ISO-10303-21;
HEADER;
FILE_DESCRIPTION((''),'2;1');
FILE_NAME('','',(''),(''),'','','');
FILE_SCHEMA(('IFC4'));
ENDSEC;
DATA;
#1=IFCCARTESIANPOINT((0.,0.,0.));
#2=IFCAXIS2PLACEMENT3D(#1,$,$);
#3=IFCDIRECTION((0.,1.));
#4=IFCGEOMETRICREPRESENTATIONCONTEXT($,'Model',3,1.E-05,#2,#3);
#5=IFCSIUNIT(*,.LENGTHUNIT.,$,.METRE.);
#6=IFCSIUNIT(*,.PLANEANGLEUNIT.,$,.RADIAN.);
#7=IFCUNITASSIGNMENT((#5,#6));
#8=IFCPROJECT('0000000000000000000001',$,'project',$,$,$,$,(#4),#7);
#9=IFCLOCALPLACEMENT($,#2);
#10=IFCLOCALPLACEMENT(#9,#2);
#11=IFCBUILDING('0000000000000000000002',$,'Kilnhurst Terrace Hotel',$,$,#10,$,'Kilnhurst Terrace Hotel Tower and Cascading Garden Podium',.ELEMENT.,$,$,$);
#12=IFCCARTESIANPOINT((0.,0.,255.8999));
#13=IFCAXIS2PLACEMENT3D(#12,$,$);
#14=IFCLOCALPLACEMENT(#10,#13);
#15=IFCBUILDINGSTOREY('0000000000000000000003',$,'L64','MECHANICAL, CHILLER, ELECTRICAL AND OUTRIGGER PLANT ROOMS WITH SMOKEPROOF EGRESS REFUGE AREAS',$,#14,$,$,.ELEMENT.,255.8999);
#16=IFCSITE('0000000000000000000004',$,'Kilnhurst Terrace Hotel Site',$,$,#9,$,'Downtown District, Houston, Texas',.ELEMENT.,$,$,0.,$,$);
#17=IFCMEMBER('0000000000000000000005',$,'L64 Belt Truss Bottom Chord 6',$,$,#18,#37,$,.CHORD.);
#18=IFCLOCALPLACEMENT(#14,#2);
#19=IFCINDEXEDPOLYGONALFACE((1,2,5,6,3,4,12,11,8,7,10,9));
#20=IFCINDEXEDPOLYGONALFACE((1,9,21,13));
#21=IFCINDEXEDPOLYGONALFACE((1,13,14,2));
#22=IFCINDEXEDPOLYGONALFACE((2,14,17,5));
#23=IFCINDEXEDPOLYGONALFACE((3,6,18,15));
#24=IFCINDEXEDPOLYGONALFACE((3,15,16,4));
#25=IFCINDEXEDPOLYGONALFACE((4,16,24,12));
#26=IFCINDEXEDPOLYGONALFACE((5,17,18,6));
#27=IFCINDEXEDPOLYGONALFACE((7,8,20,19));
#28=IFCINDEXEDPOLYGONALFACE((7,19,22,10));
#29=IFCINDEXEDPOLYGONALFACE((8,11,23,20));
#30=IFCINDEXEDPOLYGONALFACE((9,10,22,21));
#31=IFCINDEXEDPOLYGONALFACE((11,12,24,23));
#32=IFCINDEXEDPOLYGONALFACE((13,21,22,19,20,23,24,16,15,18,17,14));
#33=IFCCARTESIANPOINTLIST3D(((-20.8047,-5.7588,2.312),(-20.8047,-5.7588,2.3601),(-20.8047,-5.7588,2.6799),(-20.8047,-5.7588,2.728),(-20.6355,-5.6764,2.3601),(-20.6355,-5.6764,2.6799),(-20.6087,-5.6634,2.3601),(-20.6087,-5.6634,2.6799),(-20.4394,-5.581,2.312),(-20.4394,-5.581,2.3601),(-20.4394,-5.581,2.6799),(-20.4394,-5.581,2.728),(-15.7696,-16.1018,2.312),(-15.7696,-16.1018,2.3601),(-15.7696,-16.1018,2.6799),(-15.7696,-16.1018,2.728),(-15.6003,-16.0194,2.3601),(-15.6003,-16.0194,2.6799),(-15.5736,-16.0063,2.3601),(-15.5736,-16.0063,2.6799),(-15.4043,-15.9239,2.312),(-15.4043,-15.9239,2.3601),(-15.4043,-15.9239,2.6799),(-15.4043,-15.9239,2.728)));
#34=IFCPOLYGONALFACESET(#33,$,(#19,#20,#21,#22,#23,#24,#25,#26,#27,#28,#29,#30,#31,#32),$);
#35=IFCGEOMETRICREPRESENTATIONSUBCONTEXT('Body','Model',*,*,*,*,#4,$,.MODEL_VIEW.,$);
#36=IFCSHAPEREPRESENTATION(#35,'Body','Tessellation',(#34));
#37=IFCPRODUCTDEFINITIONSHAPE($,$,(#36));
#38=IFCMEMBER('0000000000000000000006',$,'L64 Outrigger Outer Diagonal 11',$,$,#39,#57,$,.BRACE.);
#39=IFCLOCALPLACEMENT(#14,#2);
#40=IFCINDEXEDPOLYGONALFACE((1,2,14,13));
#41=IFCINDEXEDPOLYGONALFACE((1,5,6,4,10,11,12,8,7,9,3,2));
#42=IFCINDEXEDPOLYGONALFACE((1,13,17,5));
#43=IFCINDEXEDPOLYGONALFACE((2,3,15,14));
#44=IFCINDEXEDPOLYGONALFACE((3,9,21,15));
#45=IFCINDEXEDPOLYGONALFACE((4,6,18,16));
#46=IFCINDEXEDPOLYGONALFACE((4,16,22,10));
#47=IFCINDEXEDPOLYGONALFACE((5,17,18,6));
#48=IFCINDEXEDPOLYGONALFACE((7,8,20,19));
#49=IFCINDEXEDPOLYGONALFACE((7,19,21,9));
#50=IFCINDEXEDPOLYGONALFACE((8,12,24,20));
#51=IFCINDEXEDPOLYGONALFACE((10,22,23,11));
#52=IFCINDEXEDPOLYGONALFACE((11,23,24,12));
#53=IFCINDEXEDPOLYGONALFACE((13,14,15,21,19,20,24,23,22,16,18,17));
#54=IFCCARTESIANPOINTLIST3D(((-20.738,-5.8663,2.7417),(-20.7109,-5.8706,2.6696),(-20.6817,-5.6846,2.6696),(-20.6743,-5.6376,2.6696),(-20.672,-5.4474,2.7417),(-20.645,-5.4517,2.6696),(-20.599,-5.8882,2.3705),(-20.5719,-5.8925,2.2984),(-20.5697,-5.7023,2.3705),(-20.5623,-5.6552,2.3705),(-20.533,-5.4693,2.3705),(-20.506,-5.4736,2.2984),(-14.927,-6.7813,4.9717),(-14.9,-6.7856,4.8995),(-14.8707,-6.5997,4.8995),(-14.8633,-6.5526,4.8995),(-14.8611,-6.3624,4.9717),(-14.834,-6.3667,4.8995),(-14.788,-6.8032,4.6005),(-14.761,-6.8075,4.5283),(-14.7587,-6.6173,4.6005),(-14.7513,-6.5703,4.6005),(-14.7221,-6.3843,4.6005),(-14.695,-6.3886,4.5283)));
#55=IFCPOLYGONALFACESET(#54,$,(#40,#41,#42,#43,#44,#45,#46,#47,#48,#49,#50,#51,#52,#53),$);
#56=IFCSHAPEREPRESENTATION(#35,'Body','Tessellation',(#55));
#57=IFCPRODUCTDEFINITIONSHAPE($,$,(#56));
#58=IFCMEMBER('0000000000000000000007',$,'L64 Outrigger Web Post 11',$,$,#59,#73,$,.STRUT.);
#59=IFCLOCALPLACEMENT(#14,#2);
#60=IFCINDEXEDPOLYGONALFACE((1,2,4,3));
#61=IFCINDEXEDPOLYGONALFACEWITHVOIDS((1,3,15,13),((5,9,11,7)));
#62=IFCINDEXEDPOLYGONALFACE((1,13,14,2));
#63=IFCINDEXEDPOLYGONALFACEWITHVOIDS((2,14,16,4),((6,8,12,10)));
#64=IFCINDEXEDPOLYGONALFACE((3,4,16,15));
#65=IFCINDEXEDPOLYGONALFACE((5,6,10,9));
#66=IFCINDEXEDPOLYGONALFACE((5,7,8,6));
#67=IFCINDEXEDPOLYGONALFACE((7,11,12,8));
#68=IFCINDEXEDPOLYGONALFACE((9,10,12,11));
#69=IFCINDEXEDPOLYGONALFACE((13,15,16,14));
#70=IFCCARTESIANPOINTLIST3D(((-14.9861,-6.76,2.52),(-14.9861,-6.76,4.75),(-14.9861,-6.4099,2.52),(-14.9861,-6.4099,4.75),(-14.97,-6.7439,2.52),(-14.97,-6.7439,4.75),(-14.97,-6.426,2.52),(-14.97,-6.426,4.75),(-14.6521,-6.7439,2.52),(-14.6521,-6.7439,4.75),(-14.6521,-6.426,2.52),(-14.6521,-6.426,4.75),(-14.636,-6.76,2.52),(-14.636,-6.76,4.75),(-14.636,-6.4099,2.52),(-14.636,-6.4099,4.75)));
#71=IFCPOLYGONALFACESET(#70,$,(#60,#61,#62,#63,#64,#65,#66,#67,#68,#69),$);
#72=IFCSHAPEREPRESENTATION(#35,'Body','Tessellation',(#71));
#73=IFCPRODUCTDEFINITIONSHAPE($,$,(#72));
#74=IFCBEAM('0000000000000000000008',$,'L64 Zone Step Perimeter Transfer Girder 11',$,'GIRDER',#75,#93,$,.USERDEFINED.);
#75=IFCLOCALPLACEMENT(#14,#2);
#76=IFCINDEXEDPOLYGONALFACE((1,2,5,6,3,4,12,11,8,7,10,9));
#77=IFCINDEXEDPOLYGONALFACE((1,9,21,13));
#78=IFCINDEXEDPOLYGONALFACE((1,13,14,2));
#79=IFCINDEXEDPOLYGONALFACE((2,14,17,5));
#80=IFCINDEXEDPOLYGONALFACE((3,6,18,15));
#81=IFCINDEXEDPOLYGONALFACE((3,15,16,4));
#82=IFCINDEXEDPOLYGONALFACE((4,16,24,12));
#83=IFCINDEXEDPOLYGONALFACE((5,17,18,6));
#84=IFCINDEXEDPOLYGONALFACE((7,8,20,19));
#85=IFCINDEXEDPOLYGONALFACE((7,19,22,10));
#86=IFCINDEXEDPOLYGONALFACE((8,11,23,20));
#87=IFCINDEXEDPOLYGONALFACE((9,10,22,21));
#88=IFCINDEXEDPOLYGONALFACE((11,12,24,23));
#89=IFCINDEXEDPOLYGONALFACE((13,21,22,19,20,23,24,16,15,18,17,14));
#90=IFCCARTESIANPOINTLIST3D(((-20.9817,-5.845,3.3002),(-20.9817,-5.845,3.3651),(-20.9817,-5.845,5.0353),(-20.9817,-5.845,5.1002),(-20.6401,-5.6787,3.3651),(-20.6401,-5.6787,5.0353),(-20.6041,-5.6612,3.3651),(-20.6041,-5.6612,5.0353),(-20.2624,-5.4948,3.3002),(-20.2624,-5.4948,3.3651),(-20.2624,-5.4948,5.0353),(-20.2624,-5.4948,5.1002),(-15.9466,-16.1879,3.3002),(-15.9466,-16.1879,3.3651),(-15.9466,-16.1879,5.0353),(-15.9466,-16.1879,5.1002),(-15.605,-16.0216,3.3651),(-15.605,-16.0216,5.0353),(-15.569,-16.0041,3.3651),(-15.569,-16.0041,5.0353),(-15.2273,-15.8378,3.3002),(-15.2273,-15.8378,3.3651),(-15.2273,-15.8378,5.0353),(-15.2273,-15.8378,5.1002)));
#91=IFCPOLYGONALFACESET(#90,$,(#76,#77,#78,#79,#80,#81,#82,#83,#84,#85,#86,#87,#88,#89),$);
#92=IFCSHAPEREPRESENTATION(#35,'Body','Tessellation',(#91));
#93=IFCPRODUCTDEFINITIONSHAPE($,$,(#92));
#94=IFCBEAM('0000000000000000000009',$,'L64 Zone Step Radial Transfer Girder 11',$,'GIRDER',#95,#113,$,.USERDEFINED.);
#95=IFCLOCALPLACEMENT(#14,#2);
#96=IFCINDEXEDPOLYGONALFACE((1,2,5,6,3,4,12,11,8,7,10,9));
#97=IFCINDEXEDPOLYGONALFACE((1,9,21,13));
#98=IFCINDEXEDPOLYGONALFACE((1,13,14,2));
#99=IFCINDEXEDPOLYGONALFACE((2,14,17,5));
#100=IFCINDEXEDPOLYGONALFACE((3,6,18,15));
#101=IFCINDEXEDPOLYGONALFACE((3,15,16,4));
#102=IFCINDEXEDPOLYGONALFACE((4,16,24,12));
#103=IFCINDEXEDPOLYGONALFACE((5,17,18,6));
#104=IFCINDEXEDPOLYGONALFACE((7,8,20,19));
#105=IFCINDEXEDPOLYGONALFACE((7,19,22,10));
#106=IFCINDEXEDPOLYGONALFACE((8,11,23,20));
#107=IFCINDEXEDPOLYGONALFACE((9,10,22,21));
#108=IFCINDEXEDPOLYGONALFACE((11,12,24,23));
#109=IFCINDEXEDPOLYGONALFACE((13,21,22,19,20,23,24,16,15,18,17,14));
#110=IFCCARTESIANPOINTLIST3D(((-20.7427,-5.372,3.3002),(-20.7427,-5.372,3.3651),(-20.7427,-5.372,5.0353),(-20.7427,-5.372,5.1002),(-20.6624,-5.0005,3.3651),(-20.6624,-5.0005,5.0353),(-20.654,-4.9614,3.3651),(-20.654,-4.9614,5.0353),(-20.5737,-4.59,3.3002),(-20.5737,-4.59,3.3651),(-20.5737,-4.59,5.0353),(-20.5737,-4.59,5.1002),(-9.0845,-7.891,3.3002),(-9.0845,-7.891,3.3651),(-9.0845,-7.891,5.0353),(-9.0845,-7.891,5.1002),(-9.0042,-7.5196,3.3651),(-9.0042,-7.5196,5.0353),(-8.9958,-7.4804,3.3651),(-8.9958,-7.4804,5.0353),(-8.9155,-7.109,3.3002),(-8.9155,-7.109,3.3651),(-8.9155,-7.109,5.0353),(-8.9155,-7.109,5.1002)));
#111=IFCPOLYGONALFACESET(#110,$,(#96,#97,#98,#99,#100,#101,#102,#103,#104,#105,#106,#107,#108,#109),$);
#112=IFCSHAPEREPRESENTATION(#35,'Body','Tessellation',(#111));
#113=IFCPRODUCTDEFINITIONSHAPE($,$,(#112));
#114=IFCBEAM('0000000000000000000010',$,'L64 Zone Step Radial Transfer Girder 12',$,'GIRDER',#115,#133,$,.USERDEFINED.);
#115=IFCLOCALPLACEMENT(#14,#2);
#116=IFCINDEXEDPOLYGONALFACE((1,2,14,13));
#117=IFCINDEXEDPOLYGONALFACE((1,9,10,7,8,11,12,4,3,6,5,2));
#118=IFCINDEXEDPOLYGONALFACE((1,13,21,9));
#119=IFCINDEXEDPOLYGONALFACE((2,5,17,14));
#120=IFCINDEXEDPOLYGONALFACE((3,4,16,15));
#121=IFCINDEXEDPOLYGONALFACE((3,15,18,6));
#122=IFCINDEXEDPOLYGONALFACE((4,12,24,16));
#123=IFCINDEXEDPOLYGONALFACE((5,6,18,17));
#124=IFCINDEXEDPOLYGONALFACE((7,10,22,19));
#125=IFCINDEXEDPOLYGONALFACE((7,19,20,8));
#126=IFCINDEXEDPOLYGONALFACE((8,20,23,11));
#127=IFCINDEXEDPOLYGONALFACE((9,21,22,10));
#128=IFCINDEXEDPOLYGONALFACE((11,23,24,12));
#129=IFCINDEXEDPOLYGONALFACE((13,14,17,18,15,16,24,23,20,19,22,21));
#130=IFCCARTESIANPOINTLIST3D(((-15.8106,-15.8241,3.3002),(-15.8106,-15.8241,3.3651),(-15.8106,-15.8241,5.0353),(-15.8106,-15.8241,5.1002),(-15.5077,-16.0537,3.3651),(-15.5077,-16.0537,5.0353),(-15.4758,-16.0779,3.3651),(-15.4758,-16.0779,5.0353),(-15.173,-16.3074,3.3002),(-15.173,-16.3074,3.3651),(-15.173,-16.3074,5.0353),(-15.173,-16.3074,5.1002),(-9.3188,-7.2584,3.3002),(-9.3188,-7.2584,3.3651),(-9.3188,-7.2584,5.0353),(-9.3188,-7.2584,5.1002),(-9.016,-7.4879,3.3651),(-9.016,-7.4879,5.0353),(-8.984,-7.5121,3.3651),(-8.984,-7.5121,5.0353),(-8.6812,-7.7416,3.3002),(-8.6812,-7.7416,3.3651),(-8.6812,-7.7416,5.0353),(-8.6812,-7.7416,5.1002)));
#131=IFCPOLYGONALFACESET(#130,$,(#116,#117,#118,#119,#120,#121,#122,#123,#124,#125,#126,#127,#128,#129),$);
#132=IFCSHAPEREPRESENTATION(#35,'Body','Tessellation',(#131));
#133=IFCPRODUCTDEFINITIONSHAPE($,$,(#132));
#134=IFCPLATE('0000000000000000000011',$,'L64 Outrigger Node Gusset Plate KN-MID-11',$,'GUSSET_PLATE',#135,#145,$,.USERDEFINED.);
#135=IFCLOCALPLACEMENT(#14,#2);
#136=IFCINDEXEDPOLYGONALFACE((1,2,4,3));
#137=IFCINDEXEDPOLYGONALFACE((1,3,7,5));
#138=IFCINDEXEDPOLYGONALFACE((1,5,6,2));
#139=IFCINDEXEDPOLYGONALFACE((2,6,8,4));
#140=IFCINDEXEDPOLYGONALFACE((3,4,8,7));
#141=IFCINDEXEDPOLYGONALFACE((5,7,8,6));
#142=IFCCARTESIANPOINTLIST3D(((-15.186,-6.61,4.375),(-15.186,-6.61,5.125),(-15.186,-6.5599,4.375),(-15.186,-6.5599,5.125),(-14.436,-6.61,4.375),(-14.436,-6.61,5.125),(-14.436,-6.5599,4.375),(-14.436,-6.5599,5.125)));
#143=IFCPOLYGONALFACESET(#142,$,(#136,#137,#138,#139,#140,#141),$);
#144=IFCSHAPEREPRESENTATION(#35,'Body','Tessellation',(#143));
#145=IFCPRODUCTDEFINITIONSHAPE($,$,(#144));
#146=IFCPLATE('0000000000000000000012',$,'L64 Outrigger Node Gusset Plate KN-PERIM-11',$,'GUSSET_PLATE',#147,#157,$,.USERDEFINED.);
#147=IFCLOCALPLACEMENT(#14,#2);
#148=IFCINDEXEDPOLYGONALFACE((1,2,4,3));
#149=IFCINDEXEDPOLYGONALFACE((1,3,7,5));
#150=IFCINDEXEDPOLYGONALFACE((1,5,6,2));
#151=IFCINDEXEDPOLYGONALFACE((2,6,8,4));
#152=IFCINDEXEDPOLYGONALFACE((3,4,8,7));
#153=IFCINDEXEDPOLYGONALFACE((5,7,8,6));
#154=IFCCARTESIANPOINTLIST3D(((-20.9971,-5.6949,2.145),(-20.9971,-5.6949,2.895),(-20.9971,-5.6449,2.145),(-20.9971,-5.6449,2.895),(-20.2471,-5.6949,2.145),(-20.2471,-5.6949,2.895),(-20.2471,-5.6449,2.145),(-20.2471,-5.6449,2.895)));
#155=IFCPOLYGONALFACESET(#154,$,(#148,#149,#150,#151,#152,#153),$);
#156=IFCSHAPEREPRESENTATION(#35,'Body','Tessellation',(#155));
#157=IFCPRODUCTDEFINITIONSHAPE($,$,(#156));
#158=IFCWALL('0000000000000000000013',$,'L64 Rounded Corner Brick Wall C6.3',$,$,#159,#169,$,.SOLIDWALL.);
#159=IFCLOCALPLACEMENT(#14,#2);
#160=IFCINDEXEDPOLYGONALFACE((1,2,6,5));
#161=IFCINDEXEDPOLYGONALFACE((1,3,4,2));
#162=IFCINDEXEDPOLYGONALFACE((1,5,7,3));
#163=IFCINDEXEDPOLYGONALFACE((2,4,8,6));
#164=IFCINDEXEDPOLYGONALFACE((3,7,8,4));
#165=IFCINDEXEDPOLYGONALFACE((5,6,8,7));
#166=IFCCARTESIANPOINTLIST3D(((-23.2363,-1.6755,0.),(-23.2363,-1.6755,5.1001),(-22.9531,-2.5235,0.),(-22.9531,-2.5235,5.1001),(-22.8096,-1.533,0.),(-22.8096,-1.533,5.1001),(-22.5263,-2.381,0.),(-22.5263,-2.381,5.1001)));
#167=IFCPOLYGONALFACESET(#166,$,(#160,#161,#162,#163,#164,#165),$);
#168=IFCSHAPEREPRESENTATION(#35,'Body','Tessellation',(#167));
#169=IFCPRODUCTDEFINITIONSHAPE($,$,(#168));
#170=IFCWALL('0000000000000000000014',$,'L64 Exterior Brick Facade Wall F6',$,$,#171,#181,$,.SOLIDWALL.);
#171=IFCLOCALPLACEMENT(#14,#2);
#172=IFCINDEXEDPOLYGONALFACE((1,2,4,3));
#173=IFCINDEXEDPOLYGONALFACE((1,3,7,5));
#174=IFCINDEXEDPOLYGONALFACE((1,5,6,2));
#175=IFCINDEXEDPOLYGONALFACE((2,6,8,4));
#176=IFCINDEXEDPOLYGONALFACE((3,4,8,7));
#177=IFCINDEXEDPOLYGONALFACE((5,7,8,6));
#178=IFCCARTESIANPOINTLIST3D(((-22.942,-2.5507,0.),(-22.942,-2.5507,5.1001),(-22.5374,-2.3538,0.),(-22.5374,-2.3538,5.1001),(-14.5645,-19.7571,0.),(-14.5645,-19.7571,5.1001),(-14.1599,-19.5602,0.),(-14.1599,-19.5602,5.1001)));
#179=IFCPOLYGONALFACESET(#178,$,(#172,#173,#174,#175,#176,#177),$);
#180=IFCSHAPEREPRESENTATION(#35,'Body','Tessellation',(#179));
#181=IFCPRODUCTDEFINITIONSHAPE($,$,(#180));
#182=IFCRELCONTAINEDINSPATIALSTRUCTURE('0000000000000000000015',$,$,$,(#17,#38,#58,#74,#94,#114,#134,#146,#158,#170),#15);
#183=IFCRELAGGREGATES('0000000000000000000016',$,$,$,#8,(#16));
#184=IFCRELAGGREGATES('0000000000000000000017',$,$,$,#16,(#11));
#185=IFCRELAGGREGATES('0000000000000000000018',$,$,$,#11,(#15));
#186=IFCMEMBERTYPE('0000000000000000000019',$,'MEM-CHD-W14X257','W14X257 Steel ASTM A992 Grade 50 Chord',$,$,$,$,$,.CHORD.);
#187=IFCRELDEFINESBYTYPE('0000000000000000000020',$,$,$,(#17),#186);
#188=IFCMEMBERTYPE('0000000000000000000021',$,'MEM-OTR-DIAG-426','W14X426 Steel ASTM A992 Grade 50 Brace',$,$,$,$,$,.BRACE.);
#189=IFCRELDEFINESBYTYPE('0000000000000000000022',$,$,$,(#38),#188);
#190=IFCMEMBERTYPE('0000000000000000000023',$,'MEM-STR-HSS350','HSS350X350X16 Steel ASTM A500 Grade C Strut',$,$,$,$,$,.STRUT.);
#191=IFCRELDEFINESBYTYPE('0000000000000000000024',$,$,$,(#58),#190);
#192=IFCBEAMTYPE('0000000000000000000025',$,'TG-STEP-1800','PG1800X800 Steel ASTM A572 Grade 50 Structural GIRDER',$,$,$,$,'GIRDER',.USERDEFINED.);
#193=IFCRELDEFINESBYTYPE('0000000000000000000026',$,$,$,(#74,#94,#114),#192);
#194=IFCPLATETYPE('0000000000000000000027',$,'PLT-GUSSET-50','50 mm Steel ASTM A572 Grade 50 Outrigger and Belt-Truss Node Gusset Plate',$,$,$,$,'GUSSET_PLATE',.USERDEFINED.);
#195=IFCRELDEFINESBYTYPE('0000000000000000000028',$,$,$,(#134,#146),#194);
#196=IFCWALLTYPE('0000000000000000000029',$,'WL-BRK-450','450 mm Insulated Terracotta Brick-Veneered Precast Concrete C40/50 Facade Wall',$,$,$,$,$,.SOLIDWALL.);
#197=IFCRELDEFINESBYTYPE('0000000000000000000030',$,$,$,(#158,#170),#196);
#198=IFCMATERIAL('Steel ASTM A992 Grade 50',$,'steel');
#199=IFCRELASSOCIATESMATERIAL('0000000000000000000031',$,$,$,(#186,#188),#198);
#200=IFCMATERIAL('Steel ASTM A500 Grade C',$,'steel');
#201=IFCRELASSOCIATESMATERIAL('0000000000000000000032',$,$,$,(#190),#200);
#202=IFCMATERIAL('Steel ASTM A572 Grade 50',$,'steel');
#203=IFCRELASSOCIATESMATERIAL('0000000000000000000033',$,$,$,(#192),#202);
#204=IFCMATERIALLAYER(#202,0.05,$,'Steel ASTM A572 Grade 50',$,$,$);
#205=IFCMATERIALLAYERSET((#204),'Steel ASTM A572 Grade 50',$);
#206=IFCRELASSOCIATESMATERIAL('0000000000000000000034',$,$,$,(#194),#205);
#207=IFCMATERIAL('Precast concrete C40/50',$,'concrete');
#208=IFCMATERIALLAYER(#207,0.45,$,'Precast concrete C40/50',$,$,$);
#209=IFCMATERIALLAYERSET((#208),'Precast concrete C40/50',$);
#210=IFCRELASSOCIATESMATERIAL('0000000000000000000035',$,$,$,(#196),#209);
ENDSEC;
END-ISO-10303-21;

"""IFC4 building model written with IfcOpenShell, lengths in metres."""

from ifc_helpers import new_model, si_unit, direction, frame, frame_2d, origin, origin_2d, place, context, subcontext, project, spatial, rectangle, hollow_rectangle, i_section, extrude, material, layer, layer_set, material_profile, profile_set, type_object, element, save


model = new_model("IFC4")

# Units and contexts
model_context = context("Model", 3, precision=1e-05, world=origin(), true_north=direction((0.0, 1.0)))
body_context = subcontext(model_context, "Body", "Model", "MODEL_VIEW")
ifc_project = project(units=[si_unit("LENGTHUNIT", "METRE"), si_unit("PLANEANGLEUNIT", "RADIAN")], contexts=[model_context])

# Site, building, storey
site_placement = place(None, origin())
site = spatial("IfcSite", under=ifc_project, at=site_placement, Name="Kilnhurst Terrace Hotel Site", LongName="Downtown District, Houston, Texas", CompositionType="ELEMENT", RefElevation=0.0)
building_placement = place(site_placement, origin())
building = spatial("IfcBuilding", under=site, at=building_placement, Name="Kilnhurst Terrace Hotel", LongName="Kilnhurst Terrace Hotel Tower and Cascading Garden Podium", CompositionType="ELEMENT")
storey_placement = place(building_placement, frame((0.0, 0.0, 255.8999)))
storey = spatial("IfcBuildingStorey", under=building, at=storey_placement, Name="L64", Description="MECHANICAL, CHILLER, ELECTRICAL AND OUTRIGGER PLANT ROOMS WITH SMOKEPROOF EGRESS REFUGE AREAS", CompositionType="ELEMENT", Elevation=255.8999)

# Shared definitions
ifc_material_1 = material(Name="Steel ASTM A992 Grade 50", Category="steel")

# Members
ifc_material_2 = material(Name="Steel ASTM A500 Grade C", Category="steel")
ifc_material_profile_1 = material_profile(ifc_material_1, i_section(OverallWidth=0.4062, OverallDepth=0.416, WebThickness=0.0298, FlangeThickness=0.0481, at=origin_2d()), Name="W14X257")
ifc_profile_set_1 = profile_set([ifc_material_profile_1], Name="Steel ASTM A992 Grade 50")
member_type_1 = type_object("IfcMemberType", Name="MEM-CHD-W14X257", Description="W14X257 Steel ASTM A992 Grade 50 Chord", PredefinedType="CHORD", material=ifc_profile_set_1)
member_1_placement = place(storey_placement, frame((-20.6221, -5.6699, 2.52), z_axis=(0.437706, -0.899118, 0.0), x_axis=(0.899118, 0.437706, 0.0)))
element("IfcMember", 1, at=member_1_placement, inside=storey, type_object=member_type_1, Name="L64 Belt Truss Bottom Chord 6", PredefinedType="CHORD", context=body_context, shape_type="SweptSolid", body=[
    extrude(i_section(OverallWidth=0.4062, OverallDepth=0.416, WebThickness=0.0298, FlangeThickness=0.0481, at=origin_2d()), origin(), (0.0, 0.0, 1.0), 11.5034),
])
ifc_material_profile_2 = material_profile(ifc_material_1, i_section(OverallWidth=0.4241, OverallDepth=0.4741, WebThickness=0.0476, FlangeThickness=0.0771, at=origin_2d()), Name="W14X426")
ifc_profile_set_2 = profile_set([ifc_material_profile_2], Name="Steel ASTM A992 Grade 50")
member_type_2 = type_object("IfcMemberType", Name="MEM-OTR-DIAG-426", Description="W14X426 Steel ASTM A992 Grade 50 Brace", PredefinedType="BRACE", material=ifc_profile_set_2)
member_2_placement = place(storey_placement, frame((-14.811, -6.585, 4.75), z_axis=(-0.923688, 0.145449, -0.354465), x_axis=(-0.155549, -0.987828, 0.0)))
element("IfcMember", 2, at=member_2_placement, inside=storey, type_object=member_type_2, Name="L64 Outrigger Outer Diagonal 11", PredefinedType="BRACE", context=body_context, shape_type="SweptSolid", body=[
    extrude(i_section(OverallWidth=0.4241, OverallDepth=0.4741, WebThickness=0.0476, FlangeThickness=0.0771, at=origin_2d()), origin(), (0.0, 0.0, 1.0), 6.291),
])
ifc_material_profile_3 = material_profile(ifc_material_2, hollow_rectangle(XDim=0.3501, YDim=0.3501, WallThickness=0.0161, at=origin_2d()), Name="HSS350X350X16")
ifc_profile_set_3 = profile_set([ifc_material_profile_3], Name="Steel ASTM A500 Grade C")
member_type_3 = type_object("IfcMemberType", Name="MEM-STR-HSS350", Description="HSS350X350X16 Steel ASTM A500 Grade C Strut", PredefinedType="STRUT", material=ifc_profile_set_3)
member_3_placement = place(storey_placement, frame((-14.811, -6.585, 2.52), z_axis=(0.0, 0.0, 1.0), x_axis=(1.0, 0.0, 0.0)))
element("IfcMember", 3, at=member_3_placement, inside=storey, type_object=member_type_3, Name="L64 Outrigger Web Post 11", PredefinedType="STRUT", context=body_context, shape_type="SweptSolid", body=[
    extrude(hollow_rectangle(XDim=0.3501, YDim=0.3501, WallThickness=0.0161, at=origin_2d()), origin(), (0.0, 0.0, 1.0), 2.23),
])

# Beams
ifc_material_3 = material(Name="Steel ASTM A572 Grade 50", Category="steel")
ifc_material_profile_4 = material_profile(ifc_material_3, i_section(OverallWidth=0.8, OverallDepth=1.8, WebThickness=0.04, FlangeThickness=0.0649, at=origin_2d()), Name="PG1800X800")
ifc_profile_set_4 = profile_set([ifc_material_profile_4], Name="Steel ASTM A572 Grade 50")
beam_type_1 = type_object("IfcBeamType", Name="TG-STEP-1800", Description="PG1800X800 Steel ASTM A572 Grade 50 Structural GIRDER", ElementType="GIRDER", PredefinedType="USERDEFINED", material=ifc_profile_set_4)
beam_1_placement = place(storey_placement, frame((-20.6221, -5.6699, 4.2002), z_axis=(0.437706, -0.899118, 0.0), x_axis=(0.899118, 0.437706, 0.0)))
element("IfcBeam", 4, at=beam_1_placement, inside=storey, type_object=beam_type_1, Name="L64 Zone Step Perimeter Transfer Girder 11", ObjectType="GIRDER", PredefinedType="USERDEFINED", context=body_context, shape_type="SweptSolid", body=[
    extrude(i_section(OverallWidth=0.8, OverallDepth=1.8, WebThickness=0.04, FlangeThickness=0.0649, at=origin_2d()), origin(), (0.0, 0.0, 1.0), 11.5034),
])
beam_2_placement = place(storey_placement, frame((-9.0, -7.5, 4.2002), z_axis=(-0.977443, 0.211201, 0.0), x_axis=(-0.211201, -0.977443, 0.0)))
element("IfcBeam", 5, at=beam_2_placement, inside=storey, type_object=beam_type_1, Name="L64 Zone Step Radial Transfer Girder 11", ObjectType="GIRDER", PredefinedType="USERDEFINED", context=body_context, shape_type="SweptSolid", body=[
    extrude(i_section(OverallWidth=0.8, OverallDepth=1.8, WebThickness=0.04, FlangeThickness=0.0649, at=origin_2d()), origin(), (0.0, 0.0, 1.0), 11.9272),
])
beam_3_placement = place(storey_placement, frame((-9.0, -7.5, 4.2002), z_axis=(-0.604009, -0.796978, 0.0), x_axis=(0.796978, -0.604009, 0.0)))
element("IfcBeam", 6, at=beam_3_placement, inside=storey, type_object=beam_type_1, Name="L64 Zone Step Radial Transfer Girder 12", ObjectType="GIRDER", PredefinedType="USERDEFINED", context=body_context, shape_type="SweptSolid", body=[
    extrude(i_section(OverallWidth=0.8, OverallDepth=1.8, WebThickness=0.04, FlangeThickness=0.0649, at=origin_2d()), origin(), (0.0, 0.0, 1.0), 10.7478),
])

# Plates
ifc_layer_1 = layer(ifc_material_3, 0.05, Name="Steel ASTM A572 Grade 50")
ifc_layer_set_1 = layer_set([ifc_layer_1], Name="Steel ASTM A572 Grade 50")
plate_type = type_object("IfcPlateType", Name="PLT-GUSSET-50", Description="50 mm Steel ASTM A572 Grade 50 Outrigger and Belt-Truss Node Gusset Plate", ElementType="GUSSET_PLATE", PredefinedType="USERDEFINED", material=ifc_layer_set_1)
for number, where, z_axis, x_axis, name in (
    (7, (-14.811, -6.585, 4.375), (0.0, 0.0, 1.0), (1.0, 0.0, 0.0), "L64 Outrigger Node Gusset Plate KN-MID-11"),
    (8, (-20.6221, -5.6699, 2.145), (0.0, 0.0, 1.0), (1.0, 0.0, 0.0), "L64 Outrigger Node Gusset Plate KN-PERIM-11"),
):
    element("IfcPlate", number, at=place(storey_placement, frame(where, z_axis=z_axis, x_axis=x_axis)), inside=storey, type_object=plate_type, Name=name, ObjectType="GUSSET_PLATE", PredefinedType="USERDEFINED", context=body_context, shape_type="SweptSolid", body=[
        extrude(rectangle(XDim=0.75, YDim=0.05, at=origin_2d()), origin(), (0.0, 0.0, 1.0), 0.75),
    ])

# Walls
ifc_material_4 = material(Name="Precast concrete C40/50", Category="concrete")
ifc_layer_2 = layer(ifc_material_4, 0.45, Name="Precast concrete C40/50")
ifc_layer_set_2 = layer_set([ifc_layer_2], Name="Precast concrete C40/50")
wall_type_1 = type_object("IfcWallType", Name="WL-BRK-450", Description="450 mm Insulated Terracotta Brick-Veneered Precast Concrete C40/50 Facade Wall", PredefinedType="SOLIDWALL", material=ifc_layer_set_2)
wall_1_placement = place(storey_placement, frame((-23.0229, -1.6042, 0.0), z_axis=(0.0, 0.0, 1.0), x_axis=(0.316801, -0.948492, 0.0)))
element("IfcWall", 9, at=wall_1_placement, inside=storey, type_object=wall_type_1, Name="L64 Rounded Corner Brick Wall C6.3", PredefinedType="SOLIDWALL", context=body_context, shape_type="SweptSolid", body=[
    extrude(rectangle(XDim=0.894, YDim=0.45, at=frame_2d((0.447, 0.0))), origin(), (0.0, 0.0, 1.0), 5.1001),
])
wall_2_placement = place(storey_placement, frame((-22.7397, -2.4521, 0.0), z_axis=(0.0, 0.0, 1.0), x_axis=(0.437753, -0.899095, 0.0)))
element("IfcWall", 10, at=wall_2_placement, inside=storey, type_object=wall_type_1, Name="L64 Exterior Brick Facade Wall F6", PredefinedType="SOLIDWALL", context=body_context, shape_type="SweptSolid", body=[
    extrude(rectangle(XDim=19.1375, YDim=0.45, at=frame_2d((9.5688, 0.0))), origin(), (0.0, 0.0, 1.0), 5.1001),
])

save(model, "model.ifc")
